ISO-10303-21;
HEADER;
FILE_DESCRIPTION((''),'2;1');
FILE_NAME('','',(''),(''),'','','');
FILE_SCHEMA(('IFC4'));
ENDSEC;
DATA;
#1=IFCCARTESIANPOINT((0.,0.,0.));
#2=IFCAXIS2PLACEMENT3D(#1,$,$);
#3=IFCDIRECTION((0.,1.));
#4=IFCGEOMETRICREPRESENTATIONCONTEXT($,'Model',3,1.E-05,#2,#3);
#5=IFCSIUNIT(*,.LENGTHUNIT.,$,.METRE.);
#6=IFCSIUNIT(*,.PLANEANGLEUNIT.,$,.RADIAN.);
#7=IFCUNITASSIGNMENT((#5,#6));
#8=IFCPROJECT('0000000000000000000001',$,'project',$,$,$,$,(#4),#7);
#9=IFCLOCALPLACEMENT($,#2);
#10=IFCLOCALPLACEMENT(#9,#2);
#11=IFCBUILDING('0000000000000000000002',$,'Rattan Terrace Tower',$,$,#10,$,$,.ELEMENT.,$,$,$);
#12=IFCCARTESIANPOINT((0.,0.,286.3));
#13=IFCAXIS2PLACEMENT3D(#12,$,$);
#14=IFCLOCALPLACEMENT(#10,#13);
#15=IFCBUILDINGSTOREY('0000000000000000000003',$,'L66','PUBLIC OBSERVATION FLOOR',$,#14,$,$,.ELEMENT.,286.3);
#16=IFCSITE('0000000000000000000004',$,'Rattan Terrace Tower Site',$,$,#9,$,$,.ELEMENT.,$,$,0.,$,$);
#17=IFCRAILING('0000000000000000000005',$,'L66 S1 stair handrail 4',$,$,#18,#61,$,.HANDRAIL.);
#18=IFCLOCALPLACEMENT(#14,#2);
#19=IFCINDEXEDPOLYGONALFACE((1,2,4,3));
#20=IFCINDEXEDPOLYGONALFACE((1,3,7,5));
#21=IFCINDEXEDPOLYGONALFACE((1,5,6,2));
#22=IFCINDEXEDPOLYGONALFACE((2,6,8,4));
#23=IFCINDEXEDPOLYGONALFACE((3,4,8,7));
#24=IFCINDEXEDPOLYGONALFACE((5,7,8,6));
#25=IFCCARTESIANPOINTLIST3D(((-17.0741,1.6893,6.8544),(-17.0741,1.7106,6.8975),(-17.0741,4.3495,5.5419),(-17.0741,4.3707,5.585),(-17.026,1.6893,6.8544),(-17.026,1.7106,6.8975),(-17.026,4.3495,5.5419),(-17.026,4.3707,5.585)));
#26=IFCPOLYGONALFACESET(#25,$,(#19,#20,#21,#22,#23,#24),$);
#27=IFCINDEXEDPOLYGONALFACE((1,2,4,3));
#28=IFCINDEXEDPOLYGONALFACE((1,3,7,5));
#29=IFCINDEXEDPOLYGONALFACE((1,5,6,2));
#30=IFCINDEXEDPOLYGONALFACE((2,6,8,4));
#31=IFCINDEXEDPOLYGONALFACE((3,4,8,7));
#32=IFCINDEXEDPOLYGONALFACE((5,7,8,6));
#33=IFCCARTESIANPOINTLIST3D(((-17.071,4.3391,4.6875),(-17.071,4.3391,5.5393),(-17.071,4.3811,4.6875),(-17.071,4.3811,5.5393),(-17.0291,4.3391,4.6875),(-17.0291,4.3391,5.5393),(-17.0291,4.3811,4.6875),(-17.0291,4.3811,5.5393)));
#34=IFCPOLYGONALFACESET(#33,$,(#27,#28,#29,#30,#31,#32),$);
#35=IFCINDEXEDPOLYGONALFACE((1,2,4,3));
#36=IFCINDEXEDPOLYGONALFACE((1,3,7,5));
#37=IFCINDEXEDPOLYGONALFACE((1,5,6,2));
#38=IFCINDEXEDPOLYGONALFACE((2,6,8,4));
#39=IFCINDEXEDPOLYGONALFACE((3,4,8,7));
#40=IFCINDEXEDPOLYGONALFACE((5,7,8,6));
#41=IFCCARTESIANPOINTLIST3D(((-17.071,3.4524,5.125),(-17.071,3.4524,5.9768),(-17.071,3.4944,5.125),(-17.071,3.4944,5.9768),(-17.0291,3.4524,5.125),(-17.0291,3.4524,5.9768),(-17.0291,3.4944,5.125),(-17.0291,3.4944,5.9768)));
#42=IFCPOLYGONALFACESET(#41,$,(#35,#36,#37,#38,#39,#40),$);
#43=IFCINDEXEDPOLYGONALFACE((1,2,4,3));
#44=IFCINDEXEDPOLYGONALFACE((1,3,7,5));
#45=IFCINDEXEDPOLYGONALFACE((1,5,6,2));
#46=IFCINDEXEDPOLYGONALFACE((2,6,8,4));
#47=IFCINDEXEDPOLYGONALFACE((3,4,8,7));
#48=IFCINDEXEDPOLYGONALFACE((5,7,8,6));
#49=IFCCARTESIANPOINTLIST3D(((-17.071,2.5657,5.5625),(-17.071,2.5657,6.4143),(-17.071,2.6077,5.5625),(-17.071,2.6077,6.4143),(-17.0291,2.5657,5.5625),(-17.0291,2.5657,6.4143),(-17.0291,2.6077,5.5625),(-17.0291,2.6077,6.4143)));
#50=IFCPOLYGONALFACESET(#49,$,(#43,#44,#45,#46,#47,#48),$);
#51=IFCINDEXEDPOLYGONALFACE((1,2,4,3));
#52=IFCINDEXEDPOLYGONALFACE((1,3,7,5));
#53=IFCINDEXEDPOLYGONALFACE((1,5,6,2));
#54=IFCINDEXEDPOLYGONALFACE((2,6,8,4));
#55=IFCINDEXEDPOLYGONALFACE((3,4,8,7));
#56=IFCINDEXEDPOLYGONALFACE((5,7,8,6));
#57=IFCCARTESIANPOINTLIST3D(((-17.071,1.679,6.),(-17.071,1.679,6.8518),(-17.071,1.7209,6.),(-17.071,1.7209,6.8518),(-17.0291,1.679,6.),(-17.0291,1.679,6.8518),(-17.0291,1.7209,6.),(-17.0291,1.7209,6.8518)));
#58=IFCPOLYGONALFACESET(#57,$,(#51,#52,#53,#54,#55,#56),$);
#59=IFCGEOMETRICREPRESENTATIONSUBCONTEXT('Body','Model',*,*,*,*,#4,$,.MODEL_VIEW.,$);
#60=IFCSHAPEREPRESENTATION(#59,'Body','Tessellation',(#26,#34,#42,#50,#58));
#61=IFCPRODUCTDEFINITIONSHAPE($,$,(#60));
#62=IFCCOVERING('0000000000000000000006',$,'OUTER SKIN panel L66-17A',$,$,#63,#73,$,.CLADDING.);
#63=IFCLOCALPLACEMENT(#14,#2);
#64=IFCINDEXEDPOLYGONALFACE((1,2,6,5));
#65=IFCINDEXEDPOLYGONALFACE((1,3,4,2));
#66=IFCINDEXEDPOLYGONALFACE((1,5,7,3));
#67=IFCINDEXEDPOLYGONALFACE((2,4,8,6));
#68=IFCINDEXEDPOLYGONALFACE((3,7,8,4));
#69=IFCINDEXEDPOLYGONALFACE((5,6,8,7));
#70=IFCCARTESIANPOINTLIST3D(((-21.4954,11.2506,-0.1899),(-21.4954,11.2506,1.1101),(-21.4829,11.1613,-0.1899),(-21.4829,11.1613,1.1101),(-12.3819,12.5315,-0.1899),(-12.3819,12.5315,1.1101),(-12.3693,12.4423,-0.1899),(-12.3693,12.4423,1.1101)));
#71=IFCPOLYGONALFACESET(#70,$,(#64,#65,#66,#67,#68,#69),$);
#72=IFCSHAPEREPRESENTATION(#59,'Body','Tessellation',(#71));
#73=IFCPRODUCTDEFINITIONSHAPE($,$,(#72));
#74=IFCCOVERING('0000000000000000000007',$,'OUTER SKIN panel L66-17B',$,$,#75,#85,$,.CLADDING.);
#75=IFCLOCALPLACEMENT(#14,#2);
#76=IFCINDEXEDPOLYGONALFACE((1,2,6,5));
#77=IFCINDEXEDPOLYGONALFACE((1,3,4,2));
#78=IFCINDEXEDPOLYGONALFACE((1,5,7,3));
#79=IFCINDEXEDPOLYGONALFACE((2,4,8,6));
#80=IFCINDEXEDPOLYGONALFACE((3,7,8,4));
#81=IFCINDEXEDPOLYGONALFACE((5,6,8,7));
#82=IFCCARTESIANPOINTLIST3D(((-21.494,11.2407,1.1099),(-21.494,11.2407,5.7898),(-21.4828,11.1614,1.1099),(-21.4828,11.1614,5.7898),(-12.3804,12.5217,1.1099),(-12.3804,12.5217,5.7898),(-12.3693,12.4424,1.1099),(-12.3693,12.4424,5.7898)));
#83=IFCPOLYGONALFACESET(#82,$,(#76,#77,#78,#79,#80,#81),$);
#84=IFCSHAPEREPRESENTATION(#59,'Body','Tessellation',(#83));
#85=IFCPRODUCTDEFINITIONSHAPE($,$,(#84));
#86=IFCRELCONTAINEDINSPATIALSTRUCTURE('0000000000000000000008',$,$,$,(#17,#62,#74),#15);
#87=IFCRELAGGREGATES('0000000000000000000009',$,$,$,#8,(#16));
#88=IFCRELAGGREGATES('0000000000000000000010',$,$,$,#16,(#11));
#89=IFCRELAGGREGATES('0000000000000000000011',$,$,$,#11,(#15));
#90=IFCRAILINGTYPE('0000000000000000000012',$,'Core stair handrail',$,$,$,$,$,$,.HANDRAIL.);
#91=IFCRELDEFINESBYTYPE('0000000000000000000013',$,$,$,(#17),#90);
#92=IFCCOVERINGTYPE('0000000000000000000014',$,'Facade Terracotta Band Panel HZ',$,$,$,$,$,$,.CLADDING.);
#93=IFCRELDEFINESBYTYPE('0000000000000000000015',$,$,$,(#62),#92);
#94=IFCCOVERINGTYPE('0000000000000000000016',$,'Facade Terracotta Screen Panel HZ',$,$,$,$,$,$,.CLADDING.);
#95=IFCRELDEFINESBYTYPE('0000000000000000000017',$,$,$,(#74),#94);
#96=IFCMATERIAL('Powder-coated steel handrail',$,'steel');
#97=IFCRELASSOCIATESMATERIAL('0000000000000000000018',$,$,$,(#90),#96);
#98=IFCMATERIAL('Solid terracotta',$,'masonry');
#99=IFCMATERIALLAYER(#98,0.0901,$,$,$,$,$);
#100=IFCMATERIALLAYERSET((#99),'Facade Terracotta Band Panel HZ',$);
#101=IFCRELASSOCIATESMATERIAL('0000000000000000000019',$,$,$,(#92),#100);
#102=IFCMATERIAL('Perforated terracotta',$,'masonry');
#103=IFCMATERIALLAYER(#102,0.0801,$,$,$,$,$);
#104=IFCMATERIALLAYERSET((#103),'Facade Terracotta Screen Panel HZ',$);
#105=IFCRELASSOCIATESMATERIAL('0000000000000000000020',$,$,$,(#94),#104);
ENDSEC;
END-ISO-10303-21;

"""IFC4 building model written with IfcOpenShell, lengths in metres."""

from ifc_helpers import new_model, si_unit, direction, frame, origin, origin_2d, place, context, subcontext, project, spatial, rectangle, extrude, material, layer, layer_set, type_object, element, save


model = new_model("IFC4")

# Units and contexts
model_context = context("Model", 3, precision=1e-05, world=origin(), true_north=direction((0.0, 1.0)))
body_context = subcontext(model_context, "Body", "Model", "MODEL_VIEW")
ifc_project = project(units=[si_unit("LENGTHUNIT", "METRE"), si_unit("PLANEANGLEUNIT", "RADIAN")], contexts=[model_context])

# Site, building, storey
site_placement = place(None, origin())
site = spatial("IfcSite", under=ifc_project, at=site_placement, Name="Rattan Terrace Tower Site", CompositionType="ELEMENT", RefElevation=0.0)
building_placement = place(site_placement, origin())
building = spatial("IfcBuilding", under=site, at=building_placement, Name="Rattan Terrace Tower", CompositionType="ELEMENT")
storey_placement = place(building_placement, frame((0.0, 0.0, 286.3)))
storey = spatial("IfcBuildingStorey", under=building, at=storey_placement, Name="L66", Description="PUBLIC OBSERVATION FLOOR", CompositionType="ELEMENT", Elevation=286.3)

# Railing
ifc_material_1 = material(Name="Powder-coated steel handrail", Category="steel")
railing_type_1 = type_object("IfcRailingType", Name="Core stair handrail", PredefinedType="HANDRAIL", material=ifc_material_1)
railing_1_placement = place(storey_placement, frame((-17.05, 4.3601, 4.6875)))
element("IfcRailing", 1, at=railing_1_placement, inside=storey, type_object=railing_type_1, Name="L66 S1 stair handrail 4", PredefinedType="HANDRAIL", context=body_context, shape_type="SweptSolid", body=[
    extrude(rectangle(XDim=0.0481, YDim=0.0481, at=origin_2d()), frame((0.0, 0.0, 0.876), z_axis=(0.0, -0.896785, 0.442467), x_axis=(1.0, 0.0, 0.0)), (0.0, 0.0, 1.0), 2.9663),
    extrude(rectangle(XDim=0.042, YDim=0.042, at=origin_2d()), origin(), (0.0, 0.0, 1.0), 0.8518),
    extrude(rectangle(XDim=0.042, YDim=0.042, at=origin_2d()), frame((0.0, -0.8867, 0.4375)), (0.0, 0.0, 1.0), 0.8518),
    extrude(rectangle(XDim=0.042, YDim=0.042, at=origin_2d()), frame((0.0, -1.7734, 0.875)), (0.0, 0.0, 1.0), 0.8518),
    extrude(rectangle(XDim=0.042, YDim=0.042, at=origin_2d()), frame((0.0, -2.6602, 1.3125)), (0.0, 0.0, 1.0), 0.8518),
])

# Coverings
ifc_material_2 = material(Name="Solid terracotta", Category="masonry")
ifc_layer_1 = layer(ifc_material_2, 0.0901)
ifc_layer_set_1 = layer_set([ifc_layer_1], Name="Facade Terracotta Band Panel HZ")
covering_type_1 = type_object("IfcCoveringType", Name="Facade Terracotta Band Panel HZ", PredefinedType="CLADDING", material=ifc_layer_set_1)
covering_1_placement = place(storey_placement, frame((-16.9324, 11.8464, -0.1899), z_axis=(0.0, 0.0, 1.0), x_axis=(-0.990266, -0.139189, 0.0)))
element("IfcCovering", 2, at=covering_1_placement, inside=storey, type_object=covering_type_1, Name="OUTER SKIN panel L66-17A", PredefinedType="CLADDING", context=body_context, shape_type="SweptSolid", body=[
    extrude(rectangle(XDim=9.2031, YDim=0.0901, at=origin_2d()), origin(), (0.0, 0.0, 1.0), 1.3),
])
ifc_material_3 = material(Name="Perforated terracotta", Category="masonry")
ifc_layer_2 = layer(ifc_material_3, 0.0801)
ifc_layer_set_2 = layer_set([ifc_layer_2], Name="Facade Terracotta Screen Panel HZ")
covering_type_2 = type_object("IfcCoveringType", Name="Facade Terracotta Screen Panel HZ", PredefinedType="CLADDING", material=ifc_layer_set_2)
covering_2_placement = place(storey_placement, frame((-16.9316, 11.8416, 1.1099), z_axis=(0.0, 0.0, 1.0), x_axis=(-0.990266, -0.139189, 0.0)))
element("IfcCovering", 3, at=covering_2_placement, inside=storey, type_object=covering_type_2, Name="OUTER SKIN panel L66-17B", PredefinedType="CLADDING", context=body_context, shape_type="SweptSolid", body=[
    extrude(rectangle(XDim=9.2031, YDim=0.0801, at=origin_2d()), origin(), (0.0, 0.0, 1.0), 4.6799),
])

save(model, "model.ifc")
